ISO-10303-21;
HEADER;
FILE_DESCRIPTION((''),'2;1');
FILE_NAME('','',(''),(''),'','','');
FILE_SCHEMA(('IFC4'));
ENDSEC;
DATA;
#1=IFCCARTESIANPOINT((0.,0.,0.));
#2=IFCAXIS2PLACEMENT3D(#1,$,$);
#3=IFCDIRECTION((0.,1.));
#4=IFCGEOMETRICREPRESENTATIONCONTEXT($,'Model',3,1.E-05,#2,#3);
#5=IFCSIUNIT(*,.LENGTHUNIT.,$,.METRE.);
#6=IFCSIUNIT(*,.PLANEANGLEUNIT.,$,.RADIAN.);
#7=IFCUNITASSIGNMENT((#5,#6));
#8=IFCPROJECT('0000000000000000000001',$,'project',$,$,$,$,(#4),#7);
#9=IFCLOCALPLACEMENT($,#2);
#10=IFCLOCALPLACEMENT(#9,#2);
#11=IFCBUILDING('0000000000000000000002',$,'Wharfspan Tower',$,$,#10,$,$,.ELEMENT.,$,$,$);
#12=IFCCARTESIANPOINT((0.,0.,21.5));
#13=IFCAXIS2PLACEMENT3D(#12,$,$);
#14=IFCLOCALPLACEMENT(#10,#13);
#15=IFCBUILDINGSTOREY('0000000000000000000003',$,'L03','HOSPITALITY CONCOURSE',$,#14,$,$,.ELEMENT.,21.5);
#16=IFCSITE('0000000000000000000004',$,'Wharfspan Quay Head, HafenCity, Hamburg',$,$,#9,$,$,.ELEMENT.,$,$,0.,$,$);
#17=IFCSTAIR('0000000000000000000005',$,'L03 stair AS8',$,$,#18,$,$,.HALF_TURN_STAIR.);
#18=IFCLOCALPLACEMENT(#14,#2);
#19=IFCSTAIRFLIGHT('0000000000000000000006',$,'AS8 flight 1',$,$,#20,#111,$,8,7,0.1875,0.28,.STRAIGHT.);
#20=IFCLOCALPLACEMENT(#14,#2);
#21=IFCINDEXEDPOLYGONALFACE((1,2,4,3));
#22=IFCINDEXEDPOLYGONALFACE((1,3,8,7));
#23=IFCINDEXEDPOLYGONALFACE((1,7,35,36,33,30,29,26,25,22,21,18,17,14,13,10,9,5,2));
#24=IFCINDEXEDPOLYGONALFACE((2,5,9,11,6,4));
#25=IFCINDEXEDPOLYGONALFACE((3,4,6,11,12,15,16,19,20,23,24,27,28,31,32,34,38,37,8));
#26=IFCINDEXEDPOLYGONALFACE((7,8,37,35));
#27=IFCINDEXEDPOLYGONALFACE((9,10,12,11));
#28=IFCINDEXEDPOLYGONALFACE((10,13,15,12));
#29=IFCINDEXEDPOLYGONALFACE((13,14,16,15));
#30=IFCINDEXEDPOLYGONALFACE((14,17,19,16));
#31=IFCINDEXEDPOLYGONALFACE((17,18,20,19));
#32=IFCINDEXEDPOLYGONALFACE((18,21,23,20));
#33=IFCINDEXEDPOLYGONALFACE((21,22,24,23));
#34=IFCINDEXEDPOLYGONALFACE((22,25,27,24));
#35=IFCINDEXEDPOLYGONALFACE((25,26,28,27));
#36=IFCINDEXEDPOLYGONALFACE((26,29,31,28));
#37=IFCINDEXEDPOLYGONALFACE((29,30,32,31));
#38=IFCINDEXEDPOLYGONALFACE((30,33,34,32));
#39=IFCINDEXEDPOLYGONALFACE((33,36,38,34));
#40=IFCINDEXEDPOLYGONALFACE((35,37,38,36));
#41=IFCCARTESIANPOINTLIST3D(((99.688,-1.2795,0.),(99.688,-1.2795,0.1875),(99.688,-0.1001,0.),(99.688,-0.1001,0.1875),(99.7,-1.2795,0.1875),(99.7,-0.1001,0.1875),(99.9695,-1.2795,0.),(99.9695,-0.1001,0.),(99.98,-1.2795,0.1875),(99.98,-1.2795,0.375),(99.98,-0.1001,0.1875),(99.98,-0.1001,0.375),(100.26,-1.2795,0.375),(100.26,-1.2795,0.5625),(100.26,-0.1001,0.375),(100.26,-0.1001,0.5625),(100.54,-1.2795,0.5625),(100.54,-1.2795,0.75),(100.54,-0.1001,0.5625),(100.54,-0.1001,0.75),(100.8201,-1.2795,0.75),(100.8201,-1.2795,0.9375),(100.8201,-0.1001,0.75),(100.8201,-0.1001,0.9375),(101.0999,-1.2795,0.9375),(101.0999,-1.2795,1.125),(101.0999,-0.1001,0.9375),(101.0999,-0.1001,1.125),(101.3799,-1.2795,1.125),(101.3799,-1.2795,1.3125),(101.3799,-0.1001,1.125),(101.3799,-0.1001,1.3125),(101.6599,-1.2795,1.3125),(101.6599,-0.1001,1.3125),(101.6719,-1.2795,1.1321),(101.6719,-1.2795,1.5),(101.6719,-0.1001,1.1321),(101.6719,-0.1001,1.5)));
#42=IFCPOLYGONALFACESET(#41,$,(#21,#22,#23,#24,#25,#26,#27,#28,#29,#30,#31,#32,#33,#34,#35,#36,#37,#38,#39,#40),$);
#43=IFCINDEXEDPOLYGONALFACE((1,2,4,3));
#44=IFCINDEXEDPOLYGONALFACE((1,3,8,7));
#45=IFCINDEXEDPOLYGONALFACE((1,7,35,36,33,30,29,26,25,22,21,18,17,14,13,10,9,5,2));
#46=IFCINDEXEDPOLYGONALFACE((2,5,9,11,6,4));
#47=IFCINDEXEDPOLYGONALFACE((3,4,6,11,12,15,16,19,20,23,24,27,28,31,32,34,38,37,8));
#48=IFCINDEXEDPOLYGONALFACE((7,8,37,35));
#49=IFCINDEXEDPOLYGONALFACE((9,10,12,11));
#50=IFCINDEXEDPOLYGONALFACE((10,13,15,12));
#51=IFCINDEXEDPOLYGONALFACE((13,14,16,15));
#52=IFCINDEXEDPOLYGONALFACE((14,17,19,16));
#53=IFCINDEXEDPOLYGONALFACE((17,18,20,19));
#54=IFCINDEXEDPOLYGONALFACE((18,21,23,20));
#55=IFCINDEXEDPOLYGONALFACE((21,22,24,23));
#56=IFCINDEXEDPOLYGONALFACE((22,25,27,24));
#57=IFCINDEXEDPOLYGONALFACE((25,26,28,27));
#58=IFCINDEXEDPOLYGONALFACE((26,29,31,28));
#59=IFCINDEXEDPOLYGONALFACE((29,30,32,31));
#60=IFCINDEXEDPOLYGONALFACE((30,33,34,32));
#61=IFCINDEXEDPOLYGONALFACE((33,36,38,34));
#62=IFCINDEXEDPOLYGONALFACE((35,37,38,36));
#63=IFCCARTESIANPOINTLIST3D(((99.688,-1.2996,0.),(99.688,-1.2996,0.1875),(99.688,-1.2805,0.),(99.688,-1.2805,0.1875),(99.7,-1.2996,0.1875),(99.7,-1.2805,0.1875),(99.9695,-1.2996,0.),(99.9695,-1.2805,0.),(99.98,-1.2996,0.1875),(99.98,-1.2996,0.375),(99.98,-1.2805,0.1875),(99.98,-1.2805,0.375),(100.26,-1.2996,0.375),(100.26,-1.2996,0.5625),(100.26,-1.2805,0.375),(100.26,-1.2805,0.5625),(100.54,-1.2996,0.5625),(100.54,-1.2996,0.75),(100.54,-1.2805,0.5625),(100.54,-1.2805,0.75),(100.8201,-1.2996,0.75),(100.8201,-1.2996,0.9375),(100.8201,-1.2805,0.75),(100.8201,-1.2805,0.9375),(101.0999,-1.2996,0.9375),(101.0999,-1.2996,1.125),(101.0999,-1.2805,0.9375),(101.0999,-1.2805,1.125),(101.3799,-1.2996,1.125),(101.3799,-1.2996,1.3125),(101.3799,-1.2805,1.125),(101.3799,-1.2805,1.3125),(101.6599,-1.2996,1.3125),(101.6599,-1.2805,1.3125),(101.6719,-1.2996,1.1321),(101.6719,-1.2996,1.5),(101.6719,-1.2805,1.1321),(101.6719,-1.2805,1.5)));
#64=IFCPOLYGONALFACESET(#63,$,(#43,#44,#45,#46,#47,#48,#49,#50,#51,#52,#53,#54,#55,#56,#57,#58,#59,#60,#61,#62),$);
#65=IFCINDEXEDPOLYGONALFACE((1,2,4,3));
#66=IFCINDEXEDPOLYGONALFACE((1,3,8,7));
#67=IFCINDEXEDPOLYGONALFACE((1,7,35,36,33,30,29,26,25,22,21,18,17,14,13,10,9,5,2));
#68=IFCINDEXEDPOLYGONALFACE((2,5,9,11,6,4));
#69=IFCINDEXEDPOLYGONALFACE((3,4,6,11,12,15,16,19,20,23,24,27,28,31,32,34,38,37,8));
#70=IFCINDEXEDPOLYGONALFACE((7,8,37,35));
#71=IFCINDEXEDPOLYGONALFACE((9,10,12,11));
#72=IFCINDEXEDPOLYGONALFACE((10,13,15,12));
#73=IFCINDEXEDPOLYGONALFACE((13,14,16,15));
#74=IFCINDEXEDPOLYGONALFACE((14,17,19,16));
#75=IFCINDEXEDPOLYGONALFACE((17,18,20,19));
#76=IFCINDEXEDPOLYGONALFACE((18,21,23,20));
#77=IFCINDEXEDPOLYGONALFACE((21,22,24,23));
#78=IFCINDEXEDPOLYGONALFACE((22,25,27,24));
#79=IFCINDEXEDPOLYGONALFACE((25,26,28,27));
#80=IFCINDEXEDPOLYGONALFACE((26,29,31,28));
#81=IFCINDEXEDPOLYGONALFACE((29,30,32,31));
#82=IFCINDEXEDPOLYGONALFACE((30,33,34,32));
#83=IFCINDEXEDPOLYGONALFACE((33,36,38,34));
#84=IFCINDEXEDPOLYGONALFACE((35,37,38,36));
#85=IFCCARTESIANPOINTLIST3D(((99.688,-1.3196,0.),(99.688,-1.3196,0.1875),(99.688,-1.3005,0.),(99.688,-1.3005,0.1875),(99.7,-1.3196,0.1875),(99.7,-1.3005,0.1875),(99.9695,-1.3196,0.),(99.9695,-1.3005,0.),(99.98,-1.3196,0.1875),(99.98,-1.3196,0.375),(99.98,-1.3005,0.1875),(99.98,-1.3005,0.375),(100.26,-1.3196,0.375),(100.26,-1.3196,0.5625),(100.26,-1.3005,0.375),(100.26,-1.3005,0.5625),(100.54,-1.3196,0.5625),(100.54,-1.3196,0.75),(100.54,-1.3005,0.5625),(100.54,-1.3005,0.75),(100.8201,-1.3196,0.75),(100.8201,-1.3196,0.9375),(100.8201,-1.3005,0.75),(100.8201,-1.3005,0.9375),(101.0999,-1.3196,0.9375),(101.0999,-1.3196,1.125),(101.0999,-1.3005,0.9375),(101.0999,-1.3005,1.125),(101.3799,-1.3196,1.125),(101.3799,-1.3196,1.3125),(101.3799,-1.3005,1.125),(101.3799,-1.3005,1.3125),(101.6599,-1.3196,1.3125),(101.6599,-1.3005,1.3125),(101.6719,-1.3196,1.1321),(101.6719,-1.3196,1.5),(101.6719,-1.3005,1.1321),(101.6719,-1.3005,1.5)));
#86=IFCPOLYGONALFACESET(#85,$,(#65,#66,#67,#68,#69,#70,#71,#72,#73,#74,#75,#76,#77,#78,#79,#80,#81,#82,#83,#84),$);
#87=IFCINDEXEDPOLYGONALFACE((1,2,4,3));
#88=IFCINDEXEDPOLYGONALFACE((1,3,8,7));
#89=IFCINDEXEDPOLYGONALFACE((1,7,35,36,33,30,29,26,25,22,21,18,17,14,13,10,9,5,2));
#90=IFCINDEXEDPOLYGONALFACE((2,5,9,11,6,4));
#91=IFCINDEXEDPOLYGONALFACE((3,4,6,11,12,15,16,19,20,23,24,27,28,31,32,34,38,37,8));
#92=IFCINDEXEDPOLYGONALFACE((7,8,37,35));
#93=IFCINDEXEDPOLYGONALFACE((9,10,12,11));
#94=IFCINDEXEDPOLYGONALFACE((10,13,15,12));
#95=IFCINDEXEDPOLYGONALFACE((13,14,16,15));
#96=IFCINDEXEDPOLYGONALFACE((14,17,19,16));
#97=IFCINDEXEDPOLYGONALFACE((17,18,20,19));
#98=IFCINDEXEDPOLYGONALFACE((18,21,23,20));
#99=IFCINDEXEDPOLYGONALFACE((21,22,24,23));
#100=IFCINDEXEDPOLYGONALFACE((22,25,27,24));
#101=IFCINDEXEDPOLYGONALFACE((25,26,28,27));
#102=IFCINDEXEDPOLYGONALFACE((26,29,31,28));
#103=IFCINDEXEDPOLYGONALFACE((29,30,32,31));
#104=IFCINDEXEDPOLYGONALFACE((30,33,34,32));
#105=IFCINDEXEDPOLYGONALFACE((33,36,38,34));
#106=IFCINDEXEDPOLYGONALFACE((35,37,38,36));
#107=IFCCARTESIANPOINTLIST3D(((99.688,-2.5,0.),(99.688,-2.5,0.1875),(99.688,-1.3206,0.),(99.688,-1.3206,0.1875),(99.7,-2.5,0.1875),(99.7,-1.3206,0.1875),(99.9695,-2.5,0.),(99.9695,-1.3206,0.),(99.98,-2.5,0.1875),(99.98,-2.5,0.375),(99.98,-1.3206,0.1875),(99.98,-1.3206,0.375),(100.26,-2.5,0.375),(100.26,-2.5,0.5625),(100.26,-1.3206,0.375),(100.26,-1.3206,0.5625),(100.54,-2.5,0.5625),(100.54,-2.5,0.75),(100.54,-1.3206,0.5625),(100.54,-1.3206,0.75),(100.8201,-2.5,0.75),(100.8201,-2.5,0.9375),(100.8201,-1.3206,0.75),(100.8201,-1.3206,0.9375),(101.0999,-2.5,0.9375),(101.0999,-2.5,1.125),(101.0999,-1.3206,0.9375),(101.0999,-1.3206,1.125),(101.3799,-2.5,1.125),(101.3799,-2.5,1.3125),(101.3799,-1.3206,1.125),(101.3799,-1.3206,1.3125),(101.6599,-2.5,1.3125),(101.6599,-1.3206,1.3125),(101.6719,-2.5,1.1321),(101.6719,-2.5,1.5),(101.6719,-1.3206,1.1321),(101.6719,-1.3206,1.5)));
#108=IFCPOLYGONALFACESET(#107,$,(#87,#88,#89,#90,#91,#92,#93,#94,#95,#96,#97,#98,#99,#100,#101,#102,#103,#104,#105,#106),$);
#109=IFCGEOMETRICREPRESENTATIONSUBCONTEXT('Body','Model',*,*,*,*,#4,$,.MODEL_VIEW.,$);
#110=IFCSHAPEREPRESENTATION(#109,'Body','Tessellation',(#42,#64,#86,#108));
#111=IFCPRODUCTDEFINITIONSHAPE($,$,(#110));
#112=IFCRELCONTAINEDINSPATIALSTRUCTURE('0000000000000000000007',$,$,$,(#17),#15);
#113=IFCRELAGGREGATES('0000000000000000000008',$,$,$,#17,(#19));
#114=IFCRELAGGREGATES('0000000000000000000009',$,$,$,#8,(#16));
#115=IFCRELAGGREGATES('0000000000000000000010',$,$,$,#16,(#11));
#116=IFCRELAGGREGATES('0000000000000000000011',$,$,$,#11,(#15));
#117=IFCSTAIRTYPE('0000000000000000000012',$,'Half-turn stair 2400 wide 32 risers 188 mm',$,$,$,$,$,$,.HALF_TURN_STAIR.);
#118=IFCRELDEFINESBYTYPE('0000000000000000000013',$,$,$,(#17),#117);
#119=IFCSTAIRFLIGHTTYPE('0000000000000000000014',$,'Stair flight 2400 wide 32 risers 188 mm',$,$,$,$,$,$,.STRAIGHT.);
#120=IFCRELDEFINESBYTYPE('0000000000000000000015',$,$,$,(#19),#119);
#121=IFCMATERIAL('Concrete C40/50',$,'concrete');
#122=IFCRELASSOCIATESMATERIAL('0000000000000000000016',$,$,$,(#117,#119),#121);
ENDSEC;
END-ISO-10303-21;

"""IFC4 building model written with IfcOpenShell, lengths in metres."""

from ifc_helpers import new_model, si_unit, direction, frame, origin, place, context, subcontext, project, spatial, polyline, outline, extrude, material, type_object, element, aggregate, save


model = new_model("IFC4")

# Units and contexts
model_context = context("Model", 3, precision=1e-05, world=origin(), true_north=direction((0.0, 1.0)))
body_context = subcontext(model_context, "Body", "Model", "MODEL_VIEW")
ifc_project = project(units=[si_unit("LENGTHUNIT", "METRE"), si_unit("PLANEANGLEUNIT", "RADIAN")], contexts=[model_context])

# Site, building, storey
site_placement = place(None, origin())
site = spatial("IfcSite", under=ifc_project, at=site_placement, Name="Wharfspan Quay Head, HafenCity, Hamburg", CompositionType="ELEMENT", RefElevation=0.0)
building_placement = place(site_placement, origin())
building = spatial("IfcBuilding", under=site, at=building_placement, Name="Wharfspan Tower", CompositionType="ELEMENT")
storey_placement = place(building_placement, frame((0.0, 0.0, 21.5)))
storey = spatial("IfcBuildingStorey", under=building, at=storey_placement, Name="L03", Description="HOSPITALITY CONCOURSE", CompositionType="ELEMENT", Elevation=21.5)

# Shared definitions
ifc_material_1 = material(Name="Concrete C40/50", Category="concrete")

# Stair, stair flight
stair_type = type_object("IfcStairType", Name="Half-turn stair 2400 wide 32 risers 188 mm", PredefinedType="HALF_TURN_STAIR", material=ifc_material_1)
stair_placement = place(storey_placement, origin())
stair = element("IfcStair", 1, at=stair_placement, inside=storey, type_object=stair_type, Name="L03 stair AS8", PredefinedType="HALF_TURN_STAIR")
stair_flight_type = type_object("IfcStairFlightType", Name="Stair flight 2400 wide 32 risers 188 mm", PredefinedType="STRAIGHT", material=ifc_material_1)
stair_flight_1_placement = place(storey_placement, frame((99.7, -1.3, 0.0), z_axis=(0.0, 0.0, 1.0), x_axis=(1.0, 0.0, 0.0)))
stair_flight_1 = element("IfcStairFlight", 2, at=stair_flight_1_placement, type_object=stair_flight_type, Name="AS8 flight 1", NumberOfRisers=8, NumberOfTreads=7, PredefinedType="STRAIGHT", RiserHeight=0.1875, TreadLength=0.28, context=body_context, shape_type="SweptSolid", body=[
    extrude(outline(polyline([(-0.012, 0.0), (-0.012, 0.1875), (0.0, 0.1875), (0.28, 0.1875), (0.28, 0.375), (0.5601, 0.375), (0.5601, 0.5625), (0.8401, 0.5625), (0.8401, 0.75), (1.1201, 0.75), (1.1201, 0.9375), (1.3999, 0.9375), (1.3999, 1.125), (1.6799, 1.125), (1.6799, 1.3125), (1.96, 1.3125), (1.9719, 1.5), (1.9719, 1.1321), (0.2695, 0.0), (-0.012, 0.0)])), frame((0.0, 1.2, 0.0), z_axis=(0.0, -1.0, 0.0), x_axis=(1.0, 0.0, 0.0)), (0.0, 0.0, 1.0), 1.1794),
    extrude(outline(polyline([(-0.012, 0.0), (-0.012, 0.1875), (0.0, 0.1875), (0.28, 0.1875), (0.28, 0.375), (0.5601, 0.375), (0.5601, 0.5625), (0.8401, 0.5625), (0.8401, 0.75), (1.1201, 0.75), (1.1201, 0.9375), (1.3999, 0.9375), (1.3999, 1.125), (1.6799, 1.125), (1.6799, 1.3125), (1.96, 1.3125), (1.9719, 1.5), (1.9719, 1.1321), (0.2695, 0.0), (-0.012, 0.0)])), frame((0.0, 0.0195, 0.0), z_axis=(0.0, -1.0, 0.0), x_axis=(1.0, 0.0, 0.0)), (0.0, 0.0, 1.0), 0.019),
    extrude(outline(polyline([(-0.012, 0.0), (-0.012, 0.1875), (0.0, 0.1875), (0.28, 0.1875), (0.28, 0.375), (0.5601, 0.375), (0.5601, 0.5625), (0.8401, 0.5625), (0.8401, 0.75), (1.1201, 0.75), (1.1201, 0.9375), (1.3999, 0.9375), (1.3999, 1.125), (1.6799, 1.125), (1.6799, 1.3125), (1.96, 1.3125), (1.9719, 1.5), (1.9719, 1.1321), (0.2695, 0.0), (-0.012, 0.0)])), frame((0.0, -0.0005, 0.0), z_axis=(0.0, -1.0, 0.0), x_axis=(1.0, 0.0, 0.0)), (0.0, 0.0, 1.0), 0.019),
    extrude(outline(polyline([(-0.012, 0.0), (-0.012, 0.1875), (0.0, 0.1875), (0.28, 0.1875), (0.28, 0.375), (0.5601, 0.375), (0.5601, 0.5625), (0.8401, 0.5625), (0.8401, 0.75), (1.1201, 0.75), (1.1201, 0.9375), (1.3999, 0.9375), (1.3999, 1.125), (1.6799, 1.125), (1.6799, 1.3125), (1.96, 1.3125), (1.9719, 1.5), (1.9719, 1.1321), (0.2695, 0.0), (-0.012, 0.0)])), frame((0.0, -0.0205, 0.0), z_axis=(0.0, -1.0, 0.0), x_axis=(1.0, 0.0, 0.0)), (0.0, 0.0, 1.0), 1.1794),
])
aggregate(stair, [stair_flight_1])

save(model, "model.ifc")
